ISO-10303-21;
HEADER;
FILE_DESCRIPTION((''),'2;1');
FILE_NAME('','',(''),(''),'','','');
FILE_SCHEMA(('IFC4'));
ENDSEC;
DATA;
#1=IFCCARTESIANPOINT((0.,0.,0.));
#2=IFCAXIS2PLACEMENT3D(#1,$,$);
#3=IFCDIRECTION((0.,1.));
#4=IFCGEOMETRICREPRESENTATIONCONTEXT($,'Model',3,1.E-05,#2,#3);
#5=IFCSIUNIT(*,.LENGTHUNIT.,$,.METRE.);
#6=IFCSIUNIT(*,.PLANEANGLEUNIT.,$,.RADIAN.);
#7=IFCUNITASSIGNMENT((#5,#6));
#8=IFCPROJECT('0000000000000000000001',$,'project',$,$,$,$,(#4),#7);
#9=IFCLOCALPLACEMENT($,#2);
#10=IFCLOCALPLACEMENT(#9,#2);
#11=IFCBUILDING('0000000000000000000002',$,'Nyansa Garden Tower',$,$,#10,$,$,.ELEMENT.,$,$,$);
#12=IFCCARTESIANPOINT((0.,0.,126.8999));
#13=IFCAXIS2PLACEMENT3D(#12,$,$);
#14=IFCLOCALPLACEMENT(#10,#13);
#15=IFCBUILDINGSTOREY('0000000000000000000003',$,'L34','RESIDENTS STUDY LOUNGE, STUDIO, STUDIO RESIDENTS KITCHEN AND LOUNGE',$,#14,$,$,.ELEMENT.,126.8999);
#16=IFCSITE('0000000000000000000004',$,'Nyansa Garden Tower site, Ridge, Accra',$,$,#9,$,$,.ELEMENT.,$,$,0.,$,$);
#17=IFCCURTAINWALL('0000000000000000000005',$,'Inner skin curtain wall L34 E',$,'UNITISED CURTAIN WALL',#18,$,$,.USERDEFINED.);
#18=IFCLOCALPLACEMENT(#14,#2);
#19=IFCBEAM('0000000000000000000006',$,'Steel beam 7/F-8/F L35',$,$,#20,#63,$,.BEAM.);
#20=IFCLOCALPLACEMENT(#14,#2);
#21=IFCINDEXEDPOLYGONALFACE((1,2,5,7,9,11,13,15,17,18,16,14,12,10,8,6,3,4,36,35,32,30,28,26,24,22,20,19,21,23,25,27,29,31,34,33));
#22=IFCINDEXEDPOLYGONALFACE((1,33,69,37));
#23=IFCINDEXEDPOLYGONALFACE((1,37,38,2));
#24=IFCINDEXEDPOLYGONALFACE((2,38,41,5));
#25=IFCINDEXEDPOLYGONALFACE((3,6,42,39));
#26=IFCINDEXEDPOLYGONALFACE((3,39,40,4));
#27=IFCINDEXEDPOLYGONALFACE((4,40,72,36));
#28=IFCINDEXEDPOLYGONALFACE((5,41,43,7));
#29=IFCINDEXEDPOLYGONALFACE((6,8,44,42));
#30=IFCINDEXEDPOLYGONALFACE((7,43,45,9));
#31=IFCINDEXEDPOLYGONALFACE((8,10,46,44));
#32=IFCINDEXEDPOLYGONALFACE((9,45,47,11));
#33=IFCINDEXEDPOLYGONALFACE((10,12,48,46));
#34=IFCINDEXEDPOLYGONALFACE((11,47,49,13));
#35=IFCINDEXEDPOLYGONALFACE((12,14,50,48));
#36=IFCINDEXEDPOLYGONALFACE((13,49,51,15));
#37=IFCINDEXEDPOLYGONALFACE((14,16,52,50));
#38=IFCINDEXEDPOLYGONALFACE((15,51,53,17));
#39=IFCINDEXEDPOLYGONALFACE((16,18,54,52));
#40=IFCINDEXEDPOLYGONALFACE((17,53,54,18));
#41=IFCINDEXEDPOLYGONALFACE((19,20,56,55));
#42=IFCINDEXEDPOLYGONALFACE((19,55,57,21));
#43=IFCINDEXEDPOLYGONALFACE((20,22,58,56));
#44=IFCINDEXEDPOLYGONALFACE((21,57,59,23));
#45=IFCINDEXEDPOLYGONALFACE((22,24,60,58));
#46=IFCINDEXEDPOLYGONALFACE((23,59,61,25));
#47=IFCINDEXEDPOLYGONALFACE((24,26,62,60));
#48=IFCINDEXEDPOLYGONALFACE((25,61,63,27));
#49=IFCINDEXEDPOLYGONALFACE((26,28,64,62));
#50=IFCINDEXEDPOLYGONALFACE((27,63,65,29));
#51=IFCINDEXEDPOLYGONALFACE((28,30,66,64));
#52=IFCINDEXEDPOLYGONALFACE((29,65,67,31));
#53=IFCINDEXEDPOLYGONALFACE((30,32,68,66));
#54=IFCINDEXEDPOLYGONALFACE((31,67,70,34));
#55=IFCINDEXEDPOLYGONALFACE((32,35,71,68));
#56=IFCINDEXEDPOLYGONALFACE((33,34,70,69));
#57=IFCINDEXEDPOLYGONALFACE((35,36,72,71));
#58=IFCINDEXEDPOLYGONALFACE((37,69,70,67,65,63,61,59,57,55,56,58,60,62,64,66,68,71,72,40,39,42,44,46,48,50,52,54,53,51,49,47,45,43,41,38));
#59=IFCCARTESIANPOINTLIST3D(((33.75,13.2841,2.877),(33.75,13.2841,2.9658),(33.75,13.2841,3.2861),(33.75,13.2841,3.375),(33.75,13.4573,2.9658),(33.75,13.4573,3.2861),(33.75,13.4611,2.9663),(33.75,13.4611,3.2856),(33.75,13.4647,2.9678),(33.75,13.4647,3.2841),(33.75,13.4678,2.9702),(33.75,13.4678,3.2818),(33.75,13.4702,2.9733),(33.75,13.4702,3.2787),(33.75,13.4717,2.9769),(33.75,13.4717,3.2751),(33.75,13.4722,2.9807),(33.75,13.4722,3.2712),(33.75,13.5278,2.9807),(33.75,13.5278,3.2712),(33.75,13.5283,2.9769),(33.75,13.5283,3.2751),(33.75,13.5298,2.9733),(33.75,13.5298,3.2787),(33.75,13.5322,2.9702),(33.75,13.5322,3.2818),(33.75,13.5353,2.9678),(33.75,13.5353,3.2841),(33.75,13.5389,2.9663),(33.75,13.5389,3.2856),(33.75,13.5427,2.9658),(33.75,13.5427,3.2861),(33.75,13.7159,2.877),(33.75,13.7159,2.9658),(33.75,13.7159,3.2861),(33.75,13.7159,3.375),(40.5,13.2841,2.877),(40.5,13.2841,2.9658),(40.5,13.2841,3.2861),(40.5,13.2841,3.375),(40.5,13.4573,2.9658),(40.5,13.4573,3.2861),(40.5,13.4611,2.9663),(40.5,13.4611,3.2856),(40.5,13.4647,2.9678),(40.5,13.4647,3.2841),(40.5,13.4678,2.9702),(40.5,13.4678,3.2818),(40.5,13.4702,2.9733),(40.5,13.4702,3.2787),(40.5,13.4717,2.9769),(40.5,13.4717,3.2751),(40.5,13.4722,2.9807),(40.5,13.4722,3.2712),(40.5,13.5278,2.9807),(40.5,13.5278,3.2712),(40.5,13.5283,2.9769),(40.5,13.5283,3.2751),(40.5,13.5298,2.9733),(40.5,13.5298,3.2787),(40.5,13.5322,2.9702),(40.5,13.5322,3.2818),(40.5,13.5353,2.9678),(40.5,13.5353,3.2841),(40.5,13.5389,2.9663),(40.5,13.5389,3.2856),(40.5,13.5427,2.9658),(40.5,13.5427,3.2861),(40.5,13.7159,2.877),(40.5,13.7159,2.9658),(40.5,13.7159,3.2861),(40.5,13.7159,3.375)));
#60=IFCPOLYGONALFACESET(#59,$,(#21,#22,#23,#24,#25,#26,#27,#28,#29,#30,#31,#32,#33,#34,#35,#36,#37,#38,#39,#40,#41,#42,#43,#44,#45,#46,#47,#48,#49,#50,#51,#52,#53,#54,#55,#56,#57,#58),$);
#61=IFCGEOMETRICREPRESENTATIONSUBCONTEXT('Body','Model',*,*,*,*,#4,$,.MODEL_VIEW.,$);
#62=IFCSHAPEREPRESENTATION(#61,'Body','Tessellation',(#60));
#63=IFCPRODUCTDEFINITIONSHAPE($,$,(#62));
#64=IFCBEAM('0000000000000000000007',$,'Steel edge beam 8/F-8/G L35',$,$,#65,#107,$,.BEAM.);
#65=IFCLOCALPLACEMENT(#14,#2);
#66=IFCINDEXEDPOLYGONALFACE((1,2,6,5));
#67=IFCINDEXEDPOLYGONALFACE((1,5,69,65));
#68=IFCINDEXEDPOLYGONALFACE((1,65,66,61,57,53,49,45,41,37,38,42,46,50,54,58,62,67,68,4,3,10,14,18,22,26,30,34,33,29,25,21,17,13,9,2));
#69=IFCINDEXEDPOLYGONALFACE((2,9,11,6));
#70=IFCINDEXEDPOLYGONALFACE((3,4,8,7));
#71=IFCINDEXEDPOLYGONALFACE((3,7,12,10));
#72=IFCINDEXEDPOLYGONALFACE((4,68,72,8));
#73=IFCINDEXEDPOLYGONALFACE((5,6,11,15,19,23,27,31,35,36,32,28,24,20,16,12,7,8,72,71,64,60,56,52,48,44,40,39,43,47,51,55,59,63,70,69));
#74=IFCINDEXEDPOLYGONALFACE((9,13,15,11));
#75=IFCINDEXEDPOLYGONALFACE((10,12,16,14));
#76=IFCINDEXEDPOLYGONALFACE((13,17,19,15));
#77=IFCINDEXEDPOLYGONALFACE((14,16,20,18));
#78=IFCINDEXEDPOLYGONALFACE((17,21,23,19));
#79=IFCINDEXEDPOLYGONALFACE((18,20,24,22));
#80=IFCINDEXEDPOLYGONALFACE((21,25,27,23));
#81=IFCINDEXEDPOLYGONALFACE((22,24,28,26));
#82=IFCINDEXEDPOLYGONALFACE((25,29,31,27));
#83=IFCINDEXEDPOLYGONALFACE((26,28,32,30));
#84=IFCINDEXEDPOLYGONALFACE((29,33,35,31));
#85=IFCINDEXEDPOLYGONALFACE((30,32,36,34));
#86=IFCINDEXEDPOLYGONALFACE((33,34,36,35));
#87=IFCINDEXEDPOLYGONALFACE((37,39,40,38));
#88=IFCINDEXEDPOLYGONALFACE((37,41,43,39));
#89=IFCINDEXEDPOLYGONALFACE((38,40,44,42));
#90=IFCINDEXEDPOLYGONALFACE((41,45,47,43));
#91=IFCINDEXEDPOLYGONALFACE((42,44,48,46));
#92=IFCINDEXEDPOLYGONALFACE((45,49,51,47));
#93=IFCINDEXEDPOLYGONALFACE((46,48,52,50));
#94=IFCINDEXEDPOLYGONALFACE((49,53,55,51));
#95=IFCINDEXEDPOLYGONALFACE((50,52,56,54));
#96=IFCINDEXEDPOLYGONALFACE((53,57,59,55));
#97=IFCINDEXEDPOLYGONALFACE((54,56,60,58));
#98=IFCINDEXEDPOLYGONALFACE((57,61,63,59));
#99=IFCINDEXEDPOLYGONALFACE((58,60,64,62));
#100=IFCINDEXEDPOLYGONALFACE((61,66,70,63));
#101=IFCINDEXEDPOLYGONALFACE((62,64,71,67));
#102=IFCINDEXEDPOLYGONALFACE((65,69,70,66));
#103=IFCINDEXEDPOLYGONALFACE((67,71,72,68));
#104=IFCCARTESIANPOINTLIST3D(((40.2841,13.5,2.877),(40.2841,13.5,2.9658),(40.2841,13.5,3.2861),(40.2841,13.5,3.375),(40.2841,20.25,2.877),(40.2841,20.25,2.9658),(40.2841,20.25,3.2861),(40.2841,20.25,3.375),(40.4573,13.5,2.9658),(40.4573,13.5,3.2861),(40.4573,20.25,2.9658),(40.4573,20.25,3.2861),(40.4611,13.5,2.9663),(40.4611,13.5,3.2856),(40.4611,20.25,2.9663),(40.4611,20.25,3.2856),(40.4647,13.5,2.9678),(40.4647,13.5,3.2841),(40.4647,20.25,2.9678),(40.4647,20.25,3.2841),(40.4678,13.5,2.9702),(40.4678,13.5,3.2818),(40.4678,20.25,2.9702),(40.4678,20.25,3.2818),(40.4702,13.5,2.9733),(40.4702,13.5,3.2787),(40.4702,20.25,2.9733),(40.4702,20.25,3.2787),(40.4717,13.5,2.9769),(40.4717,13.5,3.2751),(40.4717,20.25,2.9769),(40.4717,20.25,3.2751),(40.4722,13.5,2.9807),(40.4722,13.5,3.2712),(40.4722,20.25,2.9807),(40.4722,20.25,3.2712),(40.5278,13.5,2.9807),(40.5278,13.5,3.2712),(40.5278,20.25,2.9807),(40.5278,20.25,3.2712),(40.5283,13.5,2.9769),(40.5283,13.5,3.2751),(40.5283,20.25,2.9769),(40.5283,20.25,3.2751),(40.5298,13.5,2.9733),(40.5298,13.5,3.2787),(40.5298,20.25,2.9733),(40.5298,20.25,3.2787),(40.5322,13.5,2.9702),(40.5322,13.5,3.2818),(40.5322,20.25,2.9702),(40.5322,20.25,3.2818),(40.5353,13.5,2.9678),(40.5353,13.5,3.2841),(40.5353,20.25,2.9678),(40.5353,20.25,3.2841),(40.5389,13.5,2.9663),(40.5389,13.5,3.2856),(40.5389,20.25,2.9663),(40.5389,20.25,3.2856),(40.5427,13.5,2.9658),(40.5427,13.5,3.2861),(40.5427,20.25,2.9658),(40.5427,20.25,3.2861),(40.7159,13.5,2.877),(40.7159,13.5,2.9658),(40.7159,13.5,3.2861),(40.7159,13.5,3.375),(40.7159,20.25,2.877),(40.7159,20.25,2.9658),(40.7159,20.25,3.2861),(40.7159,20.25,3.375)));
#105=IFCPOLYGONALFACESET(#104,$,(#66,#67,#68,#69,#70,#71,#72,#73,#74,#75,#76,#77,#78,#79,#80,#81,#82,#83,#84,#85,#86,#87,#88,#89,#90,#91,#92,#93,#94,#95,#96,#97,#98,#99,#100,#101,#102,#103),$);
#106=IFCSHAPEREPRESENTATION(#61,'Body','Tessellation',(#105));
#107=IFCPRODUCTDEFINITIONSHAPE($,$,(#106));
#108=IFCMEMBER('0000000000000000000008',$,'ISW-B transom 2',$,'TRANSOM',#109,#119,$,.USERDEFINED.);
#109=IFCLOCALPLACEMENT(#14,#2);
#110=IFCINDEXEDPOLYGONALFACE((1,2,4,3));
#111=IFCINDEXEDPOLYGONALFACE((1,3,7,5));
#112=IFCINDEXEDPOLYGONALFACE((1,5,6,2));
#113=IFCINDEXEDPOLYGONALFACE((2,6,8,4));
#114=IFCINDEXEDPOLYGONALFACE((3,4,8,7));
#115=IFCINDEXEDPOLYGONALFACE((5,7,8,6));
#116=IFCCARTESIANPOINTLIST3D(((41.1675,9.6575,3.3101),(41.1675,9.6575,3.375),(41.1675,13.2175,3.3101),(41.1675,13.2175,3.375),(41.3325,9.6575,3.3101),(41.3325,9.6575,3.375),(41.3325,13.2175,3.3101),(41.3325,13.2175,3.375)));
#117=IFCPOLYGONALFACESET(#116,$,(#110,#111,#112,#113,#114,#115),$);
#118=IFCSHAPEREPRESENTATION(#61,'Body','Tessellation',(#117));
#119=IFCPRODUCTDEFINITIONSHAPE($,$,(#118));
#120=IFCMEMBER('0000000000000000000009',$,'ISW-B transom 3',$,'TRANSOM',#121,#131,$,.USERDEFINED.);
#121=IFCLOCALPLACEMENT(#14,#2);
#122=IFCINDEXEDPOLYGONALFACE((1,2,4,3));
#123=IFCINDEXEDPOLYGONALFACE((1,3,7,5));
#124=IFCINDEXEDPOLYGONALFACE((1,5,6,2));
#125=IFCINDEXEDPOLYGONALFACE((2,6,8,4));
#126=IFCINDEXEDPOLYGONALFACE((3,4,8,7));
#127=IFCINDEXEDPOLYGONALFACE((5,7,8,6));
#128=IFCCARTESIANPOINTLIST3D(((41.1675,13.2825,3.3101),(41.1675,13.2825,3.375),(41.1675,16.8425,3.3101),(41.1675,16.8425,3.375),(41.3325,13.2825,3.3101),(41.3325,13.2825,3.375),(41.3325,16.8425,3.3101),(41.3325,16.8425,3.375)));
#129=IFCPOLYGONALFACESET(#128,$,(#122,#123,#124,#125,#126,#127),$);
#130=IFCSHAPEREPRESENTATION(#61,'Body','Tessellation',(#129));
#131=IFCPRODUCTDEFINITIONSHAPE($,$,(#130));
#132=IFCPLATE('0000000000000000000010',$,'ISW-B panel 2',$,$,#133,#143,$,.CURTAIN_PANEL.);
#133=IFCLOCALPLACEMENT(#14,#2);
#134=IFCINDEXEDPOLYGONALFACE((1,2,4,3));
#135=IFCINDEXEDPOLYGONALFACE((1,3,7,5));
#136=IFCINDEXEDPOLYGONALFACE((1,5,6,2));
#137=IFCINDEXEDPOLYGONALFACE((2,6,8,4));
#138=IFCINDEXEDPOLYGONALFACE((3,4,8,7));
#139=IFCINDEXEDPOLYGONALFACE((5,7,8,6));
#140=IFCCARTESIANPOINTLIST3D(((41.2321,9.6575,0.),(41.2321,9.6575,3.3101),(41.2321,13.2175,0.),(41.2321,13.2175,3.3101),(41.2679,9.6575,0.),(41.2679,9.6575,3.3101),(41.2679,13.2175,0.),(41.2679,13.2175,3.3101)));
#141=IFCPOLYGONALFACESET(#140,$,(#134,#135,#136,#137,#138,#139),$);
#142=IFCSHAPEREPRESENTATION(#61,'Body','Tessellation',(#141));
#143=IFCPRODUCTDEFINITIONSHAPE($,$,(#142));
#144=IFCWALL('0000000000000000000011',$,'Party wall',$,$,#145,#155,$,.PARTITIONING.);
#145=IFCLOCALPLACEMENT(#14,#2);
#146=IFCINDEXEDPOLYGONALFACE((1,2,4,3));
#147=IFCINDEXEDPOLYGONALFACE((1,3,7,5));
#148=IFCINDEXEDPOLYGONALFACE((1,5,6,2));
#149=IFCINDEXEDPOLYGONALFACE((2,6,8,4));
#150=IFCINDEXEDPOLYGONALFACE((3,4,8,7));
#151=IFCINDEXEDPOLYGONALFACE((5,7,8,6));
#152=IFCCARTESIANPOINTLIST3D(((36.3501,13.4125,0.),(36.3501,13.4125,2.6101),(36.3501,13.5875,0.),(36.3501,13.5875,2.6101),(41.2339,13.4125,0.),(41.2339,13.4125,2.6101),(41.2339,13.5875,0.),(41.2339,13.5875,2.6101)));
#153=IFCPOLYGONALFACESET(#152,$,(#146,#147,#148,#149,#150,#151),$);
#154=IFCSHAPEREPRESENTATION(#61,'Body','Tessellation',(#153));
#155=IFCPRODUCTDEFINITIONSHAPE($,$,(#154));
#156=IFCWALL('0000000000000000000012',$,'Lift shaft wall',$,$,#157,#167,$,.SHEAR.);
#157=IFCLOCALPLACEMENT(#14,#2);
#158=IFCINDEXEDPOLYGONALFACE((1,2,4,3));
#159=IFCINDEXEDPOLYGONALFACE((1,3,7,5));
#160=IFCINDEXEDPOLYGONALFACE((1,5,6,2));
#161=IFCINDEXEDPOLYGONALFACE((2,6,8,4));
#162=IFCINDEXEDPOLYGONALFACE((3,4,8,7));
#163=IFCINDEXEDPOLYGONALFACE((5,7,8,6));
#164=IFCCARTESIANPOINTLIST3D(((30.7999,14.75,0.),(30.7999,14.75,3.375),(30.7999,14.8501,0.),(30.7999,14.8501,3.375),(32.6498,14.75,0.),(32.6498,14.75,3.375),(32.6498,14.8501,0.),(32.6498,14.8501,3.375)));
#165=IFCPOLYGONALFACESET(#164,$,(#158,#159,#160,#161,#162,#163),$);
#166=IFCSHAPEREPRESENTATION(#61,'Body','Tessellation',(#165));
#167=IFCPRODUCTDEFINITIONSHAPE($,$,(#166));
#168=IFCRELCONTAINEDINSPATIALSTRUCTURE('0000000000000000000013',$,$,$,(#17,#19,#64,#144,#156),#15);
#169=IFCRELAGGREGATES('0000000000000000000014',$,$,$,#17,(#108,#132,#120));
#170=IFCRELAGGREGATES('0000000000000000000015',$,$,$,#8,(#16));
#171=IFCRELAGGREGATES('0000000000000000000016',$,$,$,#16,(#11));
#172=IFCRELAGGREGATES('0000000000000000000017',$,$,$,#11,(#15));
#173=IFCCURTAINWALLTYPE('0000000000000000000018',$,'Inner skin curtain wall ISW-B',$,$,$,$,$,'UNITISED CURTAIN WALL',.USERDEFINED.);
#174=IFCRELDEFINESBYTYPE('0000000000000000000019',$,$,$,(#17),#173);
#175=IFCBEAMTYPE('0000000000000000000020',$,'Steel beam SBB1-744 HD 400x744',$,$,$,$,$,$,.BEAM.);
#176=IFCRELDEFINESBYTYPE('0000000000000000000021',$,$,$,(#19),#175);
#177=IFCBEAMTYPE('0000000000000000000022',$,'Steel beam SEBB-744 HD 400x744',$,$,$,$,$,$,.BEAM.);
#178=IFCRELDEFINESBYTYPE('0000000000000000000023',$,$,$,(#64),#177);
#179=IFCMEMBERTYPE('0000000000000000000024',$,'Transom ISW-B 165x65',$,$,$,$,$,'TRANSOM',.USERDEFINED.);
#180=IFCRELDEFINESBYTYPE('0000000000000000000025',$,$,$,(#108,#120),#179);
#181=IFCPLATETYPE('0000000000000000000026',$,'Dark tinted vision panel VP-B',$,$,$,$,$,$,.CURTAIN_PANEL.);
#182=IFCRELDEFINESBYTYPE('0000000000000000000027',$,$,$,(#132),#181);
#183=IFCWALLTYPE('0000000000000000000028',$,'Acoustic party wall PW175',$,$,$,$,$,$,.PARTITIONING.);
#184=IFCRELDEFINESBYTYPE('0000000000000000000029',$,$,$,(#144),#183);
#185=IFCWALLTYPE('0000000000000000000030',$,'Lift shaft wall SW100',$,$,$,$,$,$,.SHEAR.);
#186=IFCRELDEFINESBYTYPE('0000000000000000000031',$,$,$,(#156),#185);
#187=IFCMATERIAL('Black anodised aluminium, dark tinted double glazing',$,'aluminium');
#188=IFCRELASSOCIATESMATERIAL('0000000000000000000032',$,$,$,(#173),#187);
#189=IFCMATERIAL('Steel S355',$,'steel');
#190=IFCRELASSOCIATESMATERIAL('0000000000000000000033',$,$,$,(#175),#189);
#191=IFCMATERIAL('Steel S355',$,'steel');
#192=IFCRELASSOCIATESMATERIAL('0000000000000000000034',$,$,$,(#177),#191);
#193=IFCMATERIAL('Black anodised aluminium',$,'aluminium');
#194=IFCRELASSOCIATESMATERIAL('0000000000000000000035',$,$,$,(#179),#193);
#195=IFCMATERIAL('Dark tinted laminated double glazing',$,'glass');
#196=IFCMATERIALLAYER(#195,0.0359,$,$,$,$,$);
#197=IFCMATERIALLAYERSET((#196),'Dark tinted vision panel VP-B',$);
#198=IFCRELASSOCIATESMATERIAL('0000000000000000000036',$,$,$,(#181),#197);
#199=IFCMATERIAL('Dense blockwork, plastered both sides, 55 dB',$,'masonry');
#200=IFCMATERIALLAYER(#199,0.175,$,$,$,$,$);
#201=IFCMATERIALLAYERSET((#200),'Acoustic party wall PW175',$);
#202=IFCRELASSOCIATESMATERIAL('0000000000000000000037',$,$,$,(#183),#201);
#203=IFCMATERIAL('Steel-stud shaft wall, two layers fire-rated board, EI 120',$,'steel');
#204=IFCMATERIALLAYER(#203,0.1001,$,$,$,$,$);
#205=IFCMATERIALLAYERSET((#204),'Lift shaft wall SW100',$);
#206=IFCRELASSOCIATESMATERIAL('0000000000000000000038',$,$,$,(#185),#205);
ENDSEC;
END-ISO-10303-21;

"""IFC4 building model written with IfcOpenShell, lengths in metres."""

from ifc_helpers import new_model, si_unit, direction, frame, frame_2d, origin, origin_2d, place, context, subcontext, project, spatial, rectangle, i_section, extrude, material, layer, layer_set, material_profile, profile_set, type_object, element, aggregate, save


model = new_model("IFC4")

# Units and contexts
model_context = context("Model", 3, precision=1e-05, world=origin(), true_north=direction((0.0, 1.0)))
body_context = subcontext(model_context, "Body", "Model", "MODEL_VIEW")
ifc_project = project(units=[si_unit("LENGTHUNIT", "METRE"), si_unit("PLANEANGLEUNIT", "RADIAN")], contexts=[model_context])

# Site, building, storey
site_placement = place(None, origin())
site = spatial("IfcSite", under=ifc_project, at=site_placement, Name="Nyansa Garden Tower site, Ridge, Accra", CompositionType="ELEMENT", RefElevation=0.0)
building_placement = place(site_placement, origin())
building = spatial("IfcBuilding", under=site, at=building_placement, Name="Nyansa Garden Tower", CompositionType="ELEMENT")
storey_placement = place(building_placement, frame((0.0, 0.0, 126.8999)))
storey = spatial("IfcBuildingStorey", under=building, at=storey_placement, Name="L34", Description="RESIDENTS STUDY LOUNGE, STUDIO, STUDIO RESIDENTS KITCHEN AND LOUNGE", CompositionType="ELEMENT", Elevation=126.8999)

# Curtain wall
ifc_material_1 = material(Name="Black anodised aluminium, dark tinted double glazing", Category="aluminium")
curtain_wall_type = type_object("IfcCurtainWallType", Name="Inner skin curtain wall ISW-B", ElementType="UNITISED CURTAIN WALL", PredefinedType="USERDEFINED", material=ifc_material_1)
curtain_wall_placement = place(storey_placement, origin())
curtain_wall = element("IfcCurtainWall", 1, at=curtain_wall_placement, inside=storey, type_object=curtain_wall_type, Name="Inner skin curtain wall L34 E", ObjectType="UNITISED CURTAIN WALL", PredefinedType="USERDEFINED")

# Beams
ifc_material_2 = material(Name="Steel S355", Category="steel")
ifc_material_profile_1 = material_profile(ifc_material_2, i_section(OverallWidth=0.4319, OverallDepth=0.498, WebThickness=0.0557, FlangeThickness=0.0889, FilletRadius=0.0149, at=origin_2d()), Name="HD 400x744")
ifc_profile_set_1 = profile_set([ifc_material_profile_1], Name="Steel S355")
beam_type_1 = type_object("IfcBeamType", Name="Steel beam SBB1-744 HD 400x744", PredefinedType="BEAM", material=ifc_profile_set_1)
for number, where, z_axis, x_axis, name in (
    (2, (33.75, 13.5, 3.126), (1.0, 0.0, 0.0), (0.0, 1.0, 0.0), "Steel beam 7/F-8/F L35"),
):
    element("IfcBeam", number, at=place(storey_placement, frame(where, z_axis=z_axis, x_axis=x_axis)), inside=storey, type_object=beam_type_1, Name=name, PredefinedType="BEAM", context=body_context, shape_type="SweptSolid", body=[
        extrude(i_section(OverallWidth=0.4319, OverallDepth=0.498, WebThickness=0.0557, FlangeThickness=0.0889, FilletRadius=0.0149, at=origin_2d()), origin(), (0.0, 0.0, 1.0), 6.75),
    ])
ifc_material_3 = material(Name="Steel S355", Category="steel")
ifc_material_profile_2 = material_profile(ifc_material_3, i_section(OverallWidth=0.4319, OverallDepth=0.498, WebThickness=0.0557, FlangeThickness=0.0889, FilletRadius=0.0149, at=origin_2d()), Name="HD 400x744")
ifc_profile_set_2 = profile_set([ifc_material_profile_2], Name="Steel S355")
beam_type_2 = type_object("IfcBeamType", Name="Steel beam SEBB-744 HD 400x744", PredefinedType="BEAM", material=ifc_profile_set_2)
beam_1_placement = place(storey_placement, frame((40.5, 13.5, 3.126), z_axis=(0.0, 1.0, 0.0), x_axis=(-1.0, 0.0, 0.0)))
element("IfcBeam", 3, at=beam_1_placement, inside=storey, type_object=beam_type_2, Name="Steel edge beam 8/F-8/G L35", PredefinedType="BEAM", context=body_context, shape_type="SweptSolid", body=[
    extrude(i_section(OverallWidth=0.4319, OverallDepth=0.498, WebThickness=0.0557, FlangeThickness=0.0889, FilletRadius=0.0149, at=origin_2d()), origin(), (0.0, 0.0, 1.0), 6.75),
])

# Members
ifc_material_4 = material(Name="Black anodised aluminium", Category="aluminium")
ifc_material_profile_3 = material_profile(ifc_material_4, rectangle(XDim=0.165, YDim=0.0649, at=origin_2d()), Name="Transom 165x65")
ifc_profile_set_3 = profile_set([ifc_material_profile_3], Name="Black anodised aluminium")
member_type_1 = type_object("IfcMemberType", Name="Transom ISW-B 165x65", ElementType="TRANSOM", PredefinedType="USERDEFINED", material=ifc_profile_set_3)
member_1_placement = place(storey_placement, frame((41.25, 9.6575, 3.3425), z_axis=(0.0, 1.0, 0.0), x_axis=(-1.0, 0.0, 0.0)))
member_1 = element("IfcMember", 4, at=member_1_placement, type_object=member_type_1, Name="ISW-B transom 2", ObjectType="TRANSOM", PredefinedType="USERDEFINED", context=body_context, shape_type="SweptSolid", body=[
    extrude(rectangle(XDim=0.165, YDim=0.0649, at=origin_2d()), origin(), (0.0, 0.0, 1.0), 3.5601),
])
member_2_placement = place(storey_placement, frame((41.25, 13.2825, 3.3425), z_axis=(0.0, 1.0, 0.0), x_axis=(-1.0, 0.0, 0.0)))
member_2 = element("IfcMember", 5, at=member_2_placement, type_object=member_type_1, Name="ISW-B transom 3", ObjectType="TRANSOM", PredefinedType="USERDEFINED", context=body_context, shape_type="SweptSolid", body=[
    extrude(rectangle(XDim=0.165, YDim=0.0649, at=origin_2d()), origin(), (0.0, 0.0, 1.0), 3.5601),
])

# Plate
ifc_material_5 = material(Name="Dark tinted laminated double glazing", Category="glass")
ifc_layer_1 = layer(ifc_material_5, 0.0359)
ifc_layer_set_1 = layer_set([ifc_layer_1], Name="Dark tinted vision panel VP-B")
plate_type = type_object("IfcPlateType", Name="Dark tinted vision panel VP-B", PredefinedType="CURTAIN_PANEL", material=ifc_layer_set_1)
plate_placement = place(storey_placement, frame((41.25, 11.4375, 0.0), z_axis=(0.0, 0.0, 1.0), x_axis=(0.0, 1.0, 0.0)))
plate = element("IfcPlate", 6, at=plate_placement, type_object=plate_type, Name="ISW-B panel 2", PredefinedType="CURTAIN_PANEL", context=body_context, shape_type="SweptSolid", body=[
    extrude(rectangle(XDim=3.5601, YDim=0.0359, at=origin_2d()), origin(), (0.0, 0.0, 1.0), 3.3101),
])
aggregate(curtain_wall, [member_1, plate, member_2])

# Walls
ifc_material_6 = material(Name="Dense blockwork, plastered both sides, 55 dB", Category="masonry")
ifc_layer_2 = layer(ifc_material_6, 0.175)
ifc_layer_set_2 = layer_set([ifc_layer_2], Name="Acoustic party wall PW175")
wall_type_1 = type_object("IfcWallType", Name="Acoustic party wall PW175", PredefinedType="PARTITIONING", material=ifc_layer_set_2)
wall_1_placement = place(storey_placement, frame((36.3501, 13.5, 0.0), z_axis=(0.0, 0.0, 1.0), x_axis=(1.0, 0.0, 0.0)))
element("IfcWall", 7, at=wall_1_placement, inside=storey, type_object=wall_type_1, Name="Party wall", PredefinedType="PARTITIONING", context=body_context, shape_type="SweptSolid", body=[
    extrude(rectangle(XDim=4.8838, YDim=0.175, at=frame_2d((2.4419, 0.0))), origin(), (0.0, 0.0, 1.0), 2.6101),
])
ifc_material_7 = material(Name="Steel-stud shaft wall, two layers fire-rated board, EI 120", Category="steel")
ifc_layer_3 = layer(ifc_material_7, 0.1001)
ifc_layer_set_3 = layer_set([ifc_layer_3], Name="Lift shaft wall SW100")
wall_type_2 = type_object("IfcWallType", Name="Lift shaft wall SW100", PredefinedType="SHEAR", material=ifc_layer_set_3)
wall_2_placement = place(storey_placement, frame((30.8, 14.8, 0.0), z_axis=(0.0, 0.0, 1.0), x_axis=(1.0, 0.0, 0.0)))
element("IfcWall", 8, at=wall_2_placement, inside=storey, type_object=wall_type_2, Name="Lift shaft wall", PredefinedType="SHEAR", context=body_context, shape_type="SweptSolid", body=[
    extrude(rectangle(XDim=1.8499, YDim=0.1001, at=frame_2d((0.9248, 0.0))), origin(), (0.0, 0.0, 1.0), 3.375),
])

save(model, "model.ifc")
